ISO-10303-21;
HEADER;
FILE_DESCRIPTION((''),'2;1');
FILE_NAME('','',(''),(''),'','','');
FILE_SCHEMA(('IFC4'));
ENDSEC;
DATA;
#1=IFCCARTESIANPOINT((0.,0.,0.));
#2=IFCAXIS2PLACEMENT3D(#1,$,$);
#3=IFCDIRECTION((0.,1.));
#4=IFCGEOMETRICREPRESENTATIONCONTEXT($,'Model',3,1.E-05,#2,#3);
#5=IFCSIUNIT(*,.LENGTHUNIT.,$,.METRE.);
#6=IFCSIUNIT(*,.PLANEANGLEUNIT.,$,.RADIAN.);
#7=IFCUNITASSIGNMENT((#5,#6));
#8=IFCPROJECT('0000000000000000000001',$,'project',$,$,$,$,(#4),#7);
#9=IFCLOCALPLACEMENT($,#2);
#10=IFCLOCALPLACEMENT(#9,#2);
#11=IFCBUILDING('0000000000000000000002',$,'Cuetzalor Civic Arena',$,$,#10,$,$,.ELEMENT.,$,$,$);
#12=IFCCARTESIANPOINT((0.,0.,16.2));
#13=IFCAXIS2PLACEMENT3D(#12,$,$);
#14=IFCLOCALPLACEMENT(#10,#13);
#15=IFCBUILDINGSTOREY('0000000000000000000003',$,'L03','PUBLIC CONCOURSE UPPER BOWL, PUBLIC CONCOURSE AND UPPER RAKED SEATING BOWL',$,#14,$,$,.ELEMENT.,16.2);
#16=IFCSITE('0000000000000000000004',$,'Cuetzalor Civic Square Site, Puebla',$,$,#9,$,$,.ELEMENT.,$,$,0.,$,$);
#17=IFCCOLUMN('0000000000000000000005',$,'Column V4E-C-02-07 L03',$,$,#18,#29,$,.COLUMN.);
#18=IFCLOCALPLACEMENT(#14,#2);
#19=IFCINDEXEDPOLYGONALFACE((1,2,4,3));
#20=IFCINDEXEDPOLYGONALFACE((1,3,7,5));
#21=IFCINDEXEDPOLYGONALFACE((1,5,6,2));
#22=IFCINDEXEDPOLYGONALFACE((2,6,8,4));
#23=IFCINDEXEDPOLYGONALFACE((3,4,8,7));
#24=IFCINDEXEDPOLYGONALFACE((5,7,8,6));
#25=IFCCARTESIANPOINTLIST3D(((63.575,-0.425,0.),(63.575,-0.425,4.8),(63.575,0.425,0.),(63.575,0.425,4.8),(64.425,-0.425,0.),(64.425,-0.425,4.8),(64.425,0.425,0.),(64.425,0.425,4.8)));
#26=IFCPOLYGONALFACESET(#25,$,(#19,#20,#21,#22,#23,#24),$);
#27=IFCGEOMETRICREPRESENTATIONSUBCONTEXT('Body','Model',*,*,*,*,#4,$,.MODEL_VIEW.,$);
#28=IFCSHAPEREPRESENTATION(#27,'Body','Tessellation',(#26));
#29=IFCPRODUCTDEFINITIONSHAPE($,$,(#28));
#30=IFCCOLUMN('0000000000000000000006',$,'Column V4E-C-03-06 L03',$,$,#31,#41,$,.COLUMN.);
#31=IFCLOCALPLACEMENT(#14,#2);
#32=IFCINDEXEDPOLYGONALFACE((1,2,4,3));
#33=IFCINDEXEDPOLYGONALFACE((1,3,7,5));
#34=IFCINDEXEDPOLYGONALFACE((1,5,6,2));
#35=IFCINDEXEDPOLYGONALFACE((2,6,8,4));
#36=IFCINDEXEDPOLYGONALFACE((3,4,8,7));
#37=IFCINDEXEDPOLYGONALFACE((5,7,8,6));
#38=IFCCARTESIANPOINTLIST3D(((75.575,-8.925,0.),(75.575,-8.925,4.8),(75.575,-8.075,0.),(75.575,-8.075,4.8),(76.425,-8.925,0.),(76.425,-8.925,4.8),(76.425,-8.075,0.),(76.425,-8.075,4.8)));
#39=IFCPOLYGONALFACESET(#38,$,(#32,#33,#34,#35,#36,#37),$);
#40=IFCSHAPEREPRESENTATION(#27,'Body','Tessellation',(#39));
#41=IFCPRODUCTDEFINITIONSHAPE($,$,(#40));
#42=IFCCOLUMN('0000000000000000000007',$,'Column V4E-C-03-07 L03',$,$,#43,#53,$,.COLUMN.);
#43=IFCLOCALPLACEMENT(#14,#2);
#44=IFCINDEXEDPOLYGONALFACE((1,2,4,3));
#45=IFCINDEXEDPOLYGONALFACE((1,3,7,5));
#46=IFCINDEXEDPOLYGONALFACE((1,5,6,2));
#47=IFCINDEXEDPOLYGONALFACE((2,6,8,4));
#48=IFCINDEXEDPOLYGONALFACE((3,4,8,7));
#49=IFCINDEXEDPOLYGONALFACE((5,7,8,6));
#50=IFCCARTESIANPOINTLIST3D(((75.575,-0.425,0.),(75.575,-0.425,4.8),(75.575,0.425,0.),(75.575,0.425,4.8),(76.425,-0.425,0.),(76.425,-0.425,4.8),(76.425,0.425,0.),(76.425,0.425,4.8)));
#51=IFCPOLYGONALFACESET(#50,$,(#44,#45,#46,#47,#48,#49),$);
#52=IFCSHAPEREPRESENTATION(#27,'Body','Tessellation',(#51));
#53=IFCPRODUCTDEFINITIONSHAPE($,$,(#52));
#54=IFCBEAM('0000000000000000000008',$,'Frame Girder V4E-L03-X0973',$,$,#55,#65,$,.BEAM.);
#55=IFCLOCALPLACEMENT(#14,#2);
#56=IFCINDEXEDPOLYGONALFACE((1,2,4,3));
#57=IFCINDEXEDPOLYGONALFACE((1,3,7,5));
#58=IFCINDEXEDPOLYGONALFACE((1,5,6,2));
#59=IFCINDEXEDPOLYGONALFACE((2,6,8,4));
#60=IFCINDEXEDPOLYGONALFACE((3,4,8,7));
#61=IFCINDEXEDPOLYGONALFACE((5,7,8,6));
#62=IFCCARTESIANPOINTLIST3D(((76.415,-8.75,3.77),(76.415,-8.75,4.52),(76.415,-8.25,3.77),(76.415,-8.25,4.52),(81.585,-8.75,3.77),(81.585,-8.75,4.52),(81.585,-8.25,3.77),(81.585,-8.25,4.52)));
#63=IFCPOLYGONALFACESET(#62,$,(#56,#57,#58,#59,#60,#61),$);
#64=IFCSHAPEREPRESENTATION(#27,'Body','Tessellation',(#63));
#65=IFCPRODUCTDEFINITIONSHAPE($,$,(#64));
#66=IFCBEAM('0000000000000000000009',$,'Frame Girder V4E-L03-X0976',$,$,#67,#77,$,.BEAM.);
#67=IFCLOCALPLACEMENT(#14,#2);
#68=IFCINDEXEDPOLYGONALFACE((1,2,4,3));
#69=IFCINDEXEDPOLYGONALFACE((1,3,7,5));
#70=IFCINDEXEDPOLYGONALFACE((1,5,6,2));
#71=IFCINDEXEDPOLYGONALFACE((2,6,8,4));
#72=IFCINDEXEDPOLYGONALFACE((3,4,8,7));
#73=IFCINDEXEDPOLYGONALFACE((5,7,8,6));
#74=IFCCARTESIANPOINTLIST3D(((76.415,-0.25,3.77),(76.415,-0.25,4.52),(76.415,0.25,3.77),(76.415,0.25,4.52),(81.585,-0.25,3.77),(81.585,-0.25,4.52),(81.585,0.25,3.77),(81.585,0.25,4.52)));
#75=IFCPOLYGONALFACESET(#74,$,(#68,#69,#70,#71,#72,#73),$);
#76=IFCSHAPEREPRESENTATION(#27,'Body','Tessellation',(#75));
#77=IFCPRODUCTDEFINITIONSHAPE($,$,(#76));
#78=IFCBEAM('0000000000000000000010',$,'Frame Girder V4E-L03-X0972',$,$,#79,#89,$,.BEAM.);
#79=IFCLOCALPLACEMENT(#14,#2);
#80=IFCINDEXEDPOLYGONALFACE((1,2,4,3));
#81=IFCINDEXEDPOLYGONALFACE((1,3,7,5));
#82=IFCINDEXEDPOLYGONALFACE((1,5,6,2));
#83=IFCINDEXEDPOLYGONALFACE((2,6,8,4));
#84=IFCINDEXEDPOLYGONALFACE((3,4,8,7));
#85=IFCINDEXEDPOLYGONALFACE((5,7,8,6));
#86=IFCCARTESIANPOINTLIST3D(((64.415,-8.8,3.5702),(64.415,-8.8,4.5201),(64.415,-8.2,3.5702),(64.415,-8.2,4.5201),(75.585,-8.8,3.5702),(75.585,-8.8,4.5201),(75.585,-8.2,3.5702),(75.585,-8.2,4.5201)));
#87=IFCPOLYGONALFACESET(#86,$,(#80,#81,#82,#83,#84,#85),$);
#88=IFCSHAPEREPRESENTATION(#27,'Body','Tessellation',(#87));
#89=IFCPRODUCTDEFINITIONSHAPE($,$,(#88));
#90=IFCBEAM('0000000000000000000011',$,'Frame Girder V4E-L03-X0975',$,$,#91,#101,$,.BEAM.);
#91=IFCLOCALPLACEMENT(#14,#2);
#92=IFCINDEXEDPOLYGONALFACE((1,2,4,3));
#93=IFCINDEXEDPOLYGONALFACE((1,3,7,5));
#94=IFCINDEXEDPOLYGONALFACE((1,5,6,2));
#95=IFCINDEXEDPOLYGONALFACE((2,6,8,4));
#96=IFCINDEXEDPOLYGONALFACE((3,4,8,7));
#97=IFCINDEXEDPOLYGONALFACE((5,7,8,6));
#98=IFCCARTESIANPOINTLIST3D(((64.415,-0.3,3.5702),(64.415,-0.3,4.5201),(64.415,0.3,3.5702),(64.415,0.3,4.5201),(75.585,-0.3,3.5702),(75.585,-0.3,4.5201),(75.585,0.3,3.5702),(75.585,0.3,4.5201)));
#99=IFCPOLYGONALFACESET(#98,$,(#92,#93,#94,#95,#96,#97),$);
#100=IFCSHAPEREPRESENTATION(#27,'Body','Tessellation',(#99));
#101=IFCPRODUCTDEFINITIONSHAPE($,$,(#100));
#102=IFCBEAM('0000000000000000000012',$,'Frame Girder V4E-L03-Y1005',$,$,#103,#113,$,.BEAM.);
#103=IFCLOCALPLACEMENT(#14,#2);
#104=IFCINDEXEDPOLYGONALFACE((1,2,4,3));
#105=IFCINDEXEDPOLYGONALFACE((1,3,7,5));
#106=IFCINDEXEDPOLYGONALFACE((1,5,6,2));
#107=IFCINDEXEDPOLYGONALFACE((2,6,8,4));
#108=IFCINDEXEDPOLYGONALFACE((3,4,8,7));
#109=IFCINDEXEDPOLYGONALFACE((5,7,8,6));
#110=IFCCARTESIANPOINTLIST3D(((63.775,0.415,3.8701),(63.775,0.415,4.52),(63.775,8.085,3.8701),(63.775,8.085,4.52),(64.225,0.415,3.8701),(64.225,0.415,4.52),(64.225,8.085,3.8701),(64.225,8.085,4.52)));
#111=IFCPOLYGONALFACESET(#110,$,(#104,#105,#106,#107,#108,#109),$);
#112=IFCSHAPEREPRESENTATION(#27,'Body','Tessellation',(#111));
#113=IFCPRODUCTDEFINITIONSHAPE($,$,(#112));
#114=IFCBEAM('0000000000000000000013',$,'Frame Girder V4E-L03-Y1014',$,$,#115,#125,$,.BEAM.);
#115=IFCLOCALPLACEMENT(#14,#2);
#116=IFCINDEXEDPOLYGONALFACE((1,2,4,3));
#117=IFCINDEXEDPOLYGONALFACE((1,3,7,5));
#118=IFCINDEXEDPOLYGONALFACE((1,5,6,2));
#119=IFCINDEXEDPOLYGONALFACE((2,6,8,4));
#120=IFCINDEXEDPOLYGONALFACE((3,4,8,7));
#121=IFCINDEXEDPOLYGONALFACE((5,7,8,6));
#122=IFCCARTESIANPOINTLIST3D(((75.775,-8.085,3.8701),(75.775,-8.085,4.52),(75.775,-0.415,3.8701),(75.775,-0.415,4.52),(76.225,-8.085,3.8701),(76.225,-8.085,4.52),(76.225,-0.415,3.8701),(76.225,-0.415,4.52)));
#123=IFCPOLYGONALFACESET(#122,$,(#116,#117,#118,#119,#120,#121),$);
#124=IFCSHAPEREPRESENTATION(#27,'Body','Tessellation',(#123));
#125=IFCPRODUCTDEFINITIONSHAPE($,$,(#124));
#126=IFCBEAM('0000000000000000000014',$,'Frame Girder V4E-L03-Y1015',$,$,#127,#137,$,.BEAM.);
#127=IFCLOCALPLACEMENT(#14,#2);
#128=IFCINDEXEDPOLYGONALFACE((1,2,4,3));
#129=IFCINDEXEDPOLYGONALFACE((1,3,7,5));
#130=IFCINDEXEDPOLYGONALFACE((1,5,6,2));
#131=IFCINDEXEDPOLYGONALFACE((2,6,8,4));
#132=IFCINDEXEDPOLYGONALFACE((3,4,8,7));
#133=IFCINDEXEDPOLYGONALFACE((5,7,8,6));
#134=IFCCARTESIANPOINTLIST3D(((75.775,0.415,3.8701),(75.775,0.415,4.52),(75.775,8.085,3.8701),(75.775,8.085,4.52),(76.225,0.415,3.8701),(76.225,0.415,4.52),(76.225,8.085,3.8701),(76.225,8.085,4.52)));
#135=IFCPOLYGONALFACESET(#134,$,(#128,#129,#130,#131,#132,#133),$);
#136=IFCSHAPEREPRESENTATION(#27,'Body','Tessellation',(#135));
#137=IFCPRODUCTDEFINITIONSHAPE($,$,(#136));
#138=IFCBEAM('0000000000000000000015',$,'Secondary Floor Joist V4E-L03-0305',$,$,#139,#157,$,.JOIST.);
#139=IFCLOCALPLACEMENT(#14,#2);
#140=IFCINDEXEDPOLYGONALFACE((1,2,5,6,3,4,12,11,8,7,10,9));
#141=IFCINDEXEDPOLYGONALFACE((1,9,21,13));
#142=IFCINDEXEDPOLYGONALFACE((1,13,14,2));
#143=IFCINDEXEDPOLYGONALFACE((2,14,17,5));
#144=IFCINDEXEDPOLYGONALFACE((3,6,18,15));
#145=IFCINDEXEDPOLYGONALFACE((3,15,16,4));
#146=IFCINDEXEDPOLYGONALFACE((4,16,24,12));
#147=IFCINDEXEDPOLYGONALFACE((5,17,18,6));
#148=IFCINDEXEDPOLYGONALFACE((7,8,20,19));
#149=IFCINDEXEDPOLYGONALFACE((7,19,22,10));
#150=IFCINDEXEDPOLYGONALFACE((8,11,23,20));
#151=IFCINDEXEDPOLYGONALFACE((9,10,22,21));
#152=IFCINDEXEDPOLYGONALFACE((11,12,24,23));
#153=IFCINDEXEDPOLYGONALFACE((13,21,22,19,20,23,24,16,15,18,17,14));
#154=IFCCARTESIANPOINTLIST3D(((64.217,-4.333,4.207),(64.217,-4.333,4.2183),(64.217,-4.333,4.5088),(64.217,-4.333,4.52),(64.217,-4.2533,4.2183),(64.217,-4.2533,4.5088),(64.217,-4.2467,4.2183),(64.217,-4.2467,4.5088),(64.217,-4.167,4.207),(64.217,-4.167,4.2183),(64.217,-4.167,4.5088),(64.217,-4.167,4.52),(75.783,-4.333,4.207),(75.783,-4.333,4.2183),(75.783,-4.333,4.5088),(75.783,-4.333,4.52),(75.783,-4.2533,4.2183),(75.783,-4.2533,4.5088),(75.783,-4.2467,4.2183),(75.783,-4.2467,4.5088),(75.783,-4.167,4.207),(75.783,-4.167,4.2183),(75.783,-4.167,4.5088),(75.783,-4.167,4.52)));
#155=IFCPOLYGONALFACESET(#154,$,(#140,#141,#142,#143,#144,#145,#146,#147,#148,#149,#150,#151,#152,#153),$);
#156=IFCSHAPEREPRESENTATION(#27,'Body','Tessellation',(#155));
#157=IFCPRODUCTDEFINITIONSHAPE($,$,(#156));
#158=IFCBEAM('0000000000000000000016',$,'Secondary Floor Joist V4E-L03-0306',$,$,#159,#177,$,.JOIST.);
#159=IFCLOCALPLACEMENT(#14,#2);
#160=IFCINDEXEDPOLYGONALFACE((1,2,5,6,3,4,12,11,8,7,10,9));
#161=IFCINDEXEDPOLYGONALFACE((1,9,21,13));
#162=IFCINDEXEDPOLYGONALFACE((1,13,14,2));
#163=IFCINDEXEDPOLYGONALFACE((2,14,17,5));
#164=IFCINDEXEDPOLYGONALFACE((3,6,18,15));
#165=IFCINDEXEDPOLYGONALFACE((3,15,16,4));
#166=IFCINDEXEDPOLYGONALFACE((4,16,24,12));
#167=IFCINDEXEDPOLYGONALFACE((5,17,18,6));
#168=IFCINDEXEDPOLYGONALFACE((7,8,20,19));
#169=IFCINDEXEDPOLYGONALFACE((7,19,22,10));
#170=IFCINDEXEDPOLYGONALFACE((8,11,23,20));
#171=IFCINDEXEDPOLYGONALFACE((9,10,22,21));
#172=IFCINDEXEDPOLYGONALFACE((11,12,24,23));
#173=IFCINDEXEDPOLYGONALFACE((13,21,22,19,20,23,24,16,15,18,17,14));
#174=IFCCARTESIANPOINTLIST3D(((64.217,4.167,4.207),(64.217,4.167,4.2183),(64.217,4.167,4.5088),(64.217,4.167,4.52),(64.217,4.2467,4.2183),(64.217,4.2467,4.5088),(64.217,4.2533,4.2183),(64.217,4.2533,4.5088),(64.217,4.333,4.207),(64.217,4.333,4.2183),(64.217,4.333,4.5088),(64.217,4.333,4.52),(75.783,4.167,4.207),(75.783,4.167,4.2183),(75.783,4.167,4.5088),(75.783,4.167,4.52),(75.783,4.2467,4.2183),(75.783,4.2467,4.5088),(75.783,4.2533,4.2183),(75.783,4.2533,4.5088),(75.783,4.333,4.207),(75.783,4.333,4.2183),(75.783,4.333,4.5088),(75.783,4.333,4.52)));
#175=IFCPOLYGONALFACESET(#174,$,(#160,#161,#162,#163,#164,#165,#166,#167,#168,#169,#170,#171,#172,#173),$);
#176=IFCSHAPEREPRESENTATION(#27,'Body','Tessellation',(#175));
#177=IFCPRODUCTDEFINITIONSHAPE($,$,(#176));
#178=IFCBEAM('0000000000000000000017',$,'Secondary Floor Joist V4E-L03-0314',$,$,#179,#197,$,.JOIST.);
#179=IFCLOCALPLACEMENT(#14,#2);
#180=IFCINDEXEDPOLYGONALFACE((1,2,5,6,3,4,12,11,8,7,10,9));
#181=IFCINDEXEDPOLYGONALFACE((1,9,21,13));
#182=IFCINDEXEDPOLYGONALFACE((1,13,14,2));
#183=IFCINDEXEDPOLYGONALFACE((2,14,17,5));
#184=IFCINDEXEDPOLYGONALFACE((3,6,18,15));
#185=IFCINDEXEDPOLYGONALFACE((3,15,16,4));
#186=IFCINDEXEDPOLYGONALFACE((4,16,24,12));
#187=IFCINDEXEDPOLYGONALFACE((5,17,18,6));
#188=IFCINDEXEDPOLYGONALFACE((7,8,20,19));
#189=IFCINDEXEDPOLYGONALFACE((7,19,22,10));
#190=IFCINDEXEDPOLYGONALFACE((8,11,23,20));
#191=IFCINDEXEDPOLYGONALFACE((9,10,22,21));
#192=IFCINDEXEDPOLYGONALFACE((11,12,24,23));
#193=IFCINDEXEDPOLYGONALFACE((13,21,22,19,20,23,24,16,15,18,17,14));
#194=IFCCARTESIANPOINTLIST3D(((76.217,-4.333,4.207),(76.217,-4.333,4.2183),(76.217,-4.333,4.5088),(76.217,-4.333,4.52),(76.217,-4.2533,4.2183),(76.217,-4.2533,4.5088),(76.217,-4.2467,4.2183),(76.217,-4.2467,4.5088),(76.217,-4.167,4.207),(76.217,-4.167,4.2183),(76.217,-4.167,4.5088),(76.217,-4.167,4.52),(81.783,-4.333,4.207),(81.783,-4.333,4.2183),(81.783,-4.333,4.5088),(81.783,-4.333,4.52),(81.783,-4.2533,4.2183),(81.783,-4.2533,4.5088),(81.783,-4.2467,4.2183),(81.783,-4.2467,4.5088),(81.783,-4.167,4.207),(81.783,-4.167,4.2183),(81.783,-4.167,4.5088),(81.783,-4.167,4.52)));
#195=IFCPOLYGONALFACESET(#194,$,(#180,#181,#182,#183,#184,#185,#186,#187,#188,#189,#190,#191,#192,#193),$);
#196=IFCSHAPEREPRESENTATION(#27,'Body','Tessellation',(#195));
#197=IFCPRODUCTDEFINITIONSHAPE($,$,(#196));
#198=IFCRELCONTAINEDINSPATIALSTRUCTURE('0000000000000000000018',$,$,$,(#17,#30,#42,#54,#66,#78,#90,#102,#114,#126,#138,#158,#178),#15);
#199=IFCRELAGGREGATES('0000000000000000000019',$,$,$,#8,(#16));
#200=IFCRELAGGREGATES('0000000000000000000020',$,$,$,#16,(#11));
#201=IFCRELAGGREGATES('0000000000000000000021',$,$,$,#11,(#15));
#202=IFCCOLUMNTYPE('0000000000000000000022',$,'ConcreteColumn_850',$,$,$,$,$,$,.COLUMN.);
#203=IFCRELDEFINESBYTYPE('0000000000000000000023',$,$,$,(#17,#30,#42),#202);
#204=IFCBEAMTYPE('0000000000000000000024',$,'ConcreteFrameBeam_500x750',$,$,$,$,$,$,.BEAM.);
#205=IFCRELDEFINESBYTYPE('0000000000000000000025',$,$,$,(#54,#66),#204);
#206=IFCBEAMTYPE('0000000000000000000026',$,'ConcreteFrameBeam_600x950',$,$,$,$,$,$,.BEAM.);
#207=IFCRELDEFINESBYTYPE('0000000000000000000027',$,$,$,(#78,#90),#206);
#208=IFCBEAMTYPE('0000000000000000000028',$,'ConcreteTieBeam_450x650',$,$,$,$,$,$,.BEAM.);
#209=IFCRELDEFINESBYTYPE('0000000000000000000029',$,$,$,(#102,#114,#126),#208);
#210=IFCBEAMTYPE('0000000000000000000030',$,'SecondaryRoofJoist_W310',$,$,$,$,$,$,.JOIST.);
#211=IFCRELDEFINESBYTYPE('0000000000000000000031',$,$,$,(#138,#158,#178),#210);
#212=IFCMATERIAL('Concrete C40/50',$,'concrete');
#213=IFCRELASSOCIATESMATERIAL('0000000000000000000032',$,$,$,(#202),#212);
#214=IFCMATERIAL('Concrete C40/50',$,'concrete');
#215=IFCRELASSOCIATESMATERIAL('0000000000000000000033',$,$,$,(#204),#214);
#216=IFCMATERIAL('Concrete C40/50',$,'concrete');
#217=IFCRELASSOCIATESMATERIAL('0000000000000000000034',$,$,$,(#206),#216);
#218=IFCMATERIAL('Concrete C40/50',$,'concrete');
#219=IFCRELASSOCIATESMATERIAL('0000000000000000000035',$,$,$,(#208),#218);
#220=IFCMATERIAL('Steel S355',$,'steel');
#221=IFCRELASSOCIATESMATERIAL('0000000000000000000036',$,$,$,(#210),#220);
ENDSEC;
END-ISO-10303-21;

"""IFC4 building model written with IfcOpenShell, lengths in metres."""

from ifc_helpers import new_model, si_unit, direction, frame, origin, origin_2d, place, context, subcontext, project, spatial, rectangle, i_section, extrude, material, material_profile, profile_set, type_object, element, save


model = new_model("IFC4")

# Units and contexts
model_context = context("Model", 3, precision=1e-05, world=origin(), true_north=direction((0.0, 1.0)))
body_context = subcontext(model_context, "Body", "Model", "MODEL_VIEW")
ifc_project = project(units=[si_unit("LENGTHUNIT", "METRE"), si_unit("PLANEANGLEUNIT", "RADIAN")], contexts=[model_context])

# Site, building, storey
site_placement = place(None, origin())
site = spatial("IfcSite", under=ifc_project, at=site_placement, Name="Cuetzalor Civic Square Site, Puebla", CompositionType="ELEMENT", RefElevation=0.0)
building_placement = place(site_placement, origin())
building = spatial("IfcBuilding", under=site, at=building_placement, Name="Cuetzalor Civic Arena", CompositionType="ELEMENT")
storey_placement = place(building_placement, frame((0.0, 0.0, 16.2)))
storey = spatial("IfcBuildingStorey", under=building, at=storey_placement, Name="L03", Description="PUBLIC CONCOURSE UPPER BOWL, PUBLIC CONCOURSE AND UPPER RAKED SEATING BOWL", CompositionType="ELEMENT", Elevation=16.2)

# Columns
ifc_material_1 = material(Name="Concrete C40/50", Category="concrete")
ifc_material_profile_1 = material_profile(ifc_material_1, rectangle(XDim=0.8501, YDim=0.8501, at=origin_2d()), Name="RC 850x850")
ifc_profile_set_1 = profile_set([ifc_material_profile_1], Name="Concrete C40/50")
column_type = type_object("IfcColumnType", Name="ConcreteColumn_850", PredefinedType="COLUMN", material=ifc_profile_set_1)
for number, where, z_axis, x_axis, name in (
    (1, (64.0, 0.0, 0.0), (0.0, 0.0, 1.0), (1.0, 0.0, 0.0), "Column V4E-C-02-07 L03"),
    (2, (76.0, -8.5, 0.0), (0.0, 0.0, 1.0), (1.0, 0.0, 0.0), "Column V4E-C-03-06 L03"),
    (3, (76.0, 0.0, 0.0), (0.0, 0.0, 1.0), (1.0, 0.0, 0.0), "Column V4E-C-03-07 L03"),
):
    element("IfcColumn", number, at=place(storey_placement, frame(where, z_axis=z_axis, x_axis=x_axis)), inside=storey, type_object=column_type, Name=name, PredefinedType="COLUMN", context=body_context, shape_type="SweptSolid", body=[
        extrude(rectangle(XDim=0.8501, YDim=0.8501, at=origin_2d()), origin(), (0.0, 0.0, 1.0), 4.8),
    ])

# Beams
ifc_material_2 = material(Name="Concrete C40/50", Category="concrete")
ifc_material_profile_2 = material_profile(ifc_material_2, rectangle(XDim=0.5, YDim=0.75, at=origin_2d()), Name="RC 500x750")
ifc_profile_set_2 = profile_set([ifc_material_profile_2], Name="Concrete C40/50")
beam_type_1 = type_object("IfcBeamType", Name="ConcreteFrameBeam_500x750", PredefinedType="BEAM", material=ifc_profile_set_2)
for number, where, z_axis, x_axis, name in (
    (4, (76.415, -8.5, 4.145), (1.0, 0.0, 0.0), (0.0, 1.0, 0.0), "Frame Girder V4E-L03-X0973"),
    (5, (76.415, 0.0, 4.145), (1.0, 0.0, 0.0), (0.0, 1.0, 0.0), "Frame Girder V4E-L03-X0976"),
):
    element("IfcBeam", number, at=place(storey_placement, frame(where, z_axis=z_axis, x_axis=x_axis)), inside=storey, type_object=beam_type_1, Name=name, PredefinedType="BEAM", context=body_context, shape_type="SweptSolid", body=[
        extrude(rectangle(XDim=0.5, YDim=0.75, at=origin_2d()), origin(), (0.0, 0.0, 1.0), 5.1699),
    ])
ifc_material_3 = material(Name="Concrete C40/50", Category="concrete")
ifc_material_profile_3 = material_profile(ifc_material_3, rectangle(XDim=0.6001, YDim=0.95, at=origin_2d()), Name="RC 600x950")
ifc_profile_set_3 = profile_set([ifc_material_profile_3], Name="Concrete C40/50")
beam_type_2 = type_object("IfcBeamType", Name="ConcreteFrameBeam_600x950", PredefinedType="BEAM", material=ifc_profile_set_3)
for number, where, z_axis, x_axis, name in (
    (6, (64.415, -8.5, 4.0452), (1.0, 0.0, 0.0), (0.0, 1.0, 0.0), "Frame Girder V4E-L03-X0972"),
    (7, (64.415, 0.0, 4.0452), (1.0, 0.0, 0.0), (0.0, 1.0, 0.0), "Frame Girder V4E-L03-X0975"),
):
    element("IfcBeam", number, at=place(storey_placement, frame(where, z_axis=z_axis, x_axis=x_axis)), inside=storey, type_object=beam_type_2, Name=name, PredefinedType="BEAM", context=body_context, shape_type="SweptSolid", body=[
        extrude(rectangle(XDim=0.6001, YDim=0.95, at=origin_2d()), origin(), (0.0, 0.0, 1.0), 11.1699),
    ])
ifc_material_4 = material(Name="Concrete C40/50", Category="concrete")
ifc_material_profile_4 = material_profile(ifc_material_4, rectangle(XDim=0.45, YDim=0.6499, at=origin_2d()), Name="RC 450x650")
ifc_profile_set_4 = profile_set([ifc_material_profile_4], Name="Concrete C40/50")
beam_type_3 = type_object("IfcBeamType", Name="ConcreteTieBeam_450x650", PredefinedType="BEAM", material=ifc_profile_set_4)
for number, where, z_axis, x_axis, name in (
    (8, (64.0, 0.415, 4.1951), (0.0, 1.0, 0.0), (-1.0, 0.0, 0.0), "Frame Girder V4E-L03-Y1005"),
    (9, (76.0, -8.085, 4.1951), (0.0, 1.0, 0.0), (-1.0, 0.0, 0.0), "Frame Girder V4E-L03-Y1014"),
    (10, (76.0, 0.415, 4.1951), (0.0, 1.0, 0.0), (-1.0, 0.0, 0.0), "Frame Girder V4E-L03-Y1015"),
):
    element("IfcBeam", number, at=place(storey_placement, frame(where, z_axis=z_axis, x_axis=x_axis)), inside=storey, type_object=beam_type_3, Name=name, PredefinedType="BEAM", context=body_context, shape_type="SweptSolid", body=[
        extrude(rectangle(XDim=0.45, YDim=0.6499, at=origin_2d()), origin(), (0.0, 0.0, 1.0), 7.6699),
    ])
ifc_material_5 = material(Name="Steel S355", Category="steel")
ifc_material_profile_5 = material_profile(ifc_material_5, i_section(OverallWidth=0.166, OverallDepth=0.313, WebThickness=0.0066, FlangeThickness=0.0112, at=origin_2d()), Name="W310x45")
ifc_profile_set_5 = profile_set([ifc_material_profile_5], Name="Steel S355")
beam_type_4 = type_object("IfcBeamType", Name="SecondaryRoofJoist_W310", PredefinedType="JOIST", material=ifc_profile_set_5)
for number, where, z_axis, x_axis, name in (
    (11, (64.217, -4.25, 4.3635), (1.0, 0.0, 0.0), (0.0, 1.0, 0.0), "Secondary Floor Joist V4E-L03-0305"),
    (12, (64.217, 4.25, 4.3635), (1.0, 0.0, 0.0), (0.0, 1.0, 0.0), "Secondary Floor Joist V4E-L03-0306"),
):
    element("IfcBeam", number, at=place(storey_placement, frame(where, z_axis=z_axis, x_axis=x_axis)), inside=storey, type_object=beam_type_4, Name=name, PredefinedType="JOIST", context=body_context, shape_type="SweptSolid", body=[
        extrude(i_section(OverallWidth=0.166, OverallDepth=0.313, WebThickness=0.0066, FlangeThickness=0.0112, at=origin_2d()), origin(), (0.0, 0.0, 1.0), 11.5659),
    ])
for number, where, z_axis, x_axis, name in (
    (13, (76.217, -4.25, 4.3635), (1.0, 0.0, 0.0), (0.0, 1.0, 0.0), "Secondary Floor Joist V4E-L03-0314"),
):
    element("IfcBeam", number, at=place(storey_placement, frame(where, z_axis=z_axis, x_axis=x_axis)), inside=storey, type_object=beam_type_4, Name=name, PredefinedType="JOIST", context=body_context, shape_type="SweptSolid", body=[
        extrude(i_section(OverallWidth=0.166, OverallDepth=0.313, WebThickness=0.0066, FlangeThickness=0.0112, at=origin_2d()), origin(), (0.0, 0.0, 1.0), 5.5659),
    ])

save(model, "model.ifc")
